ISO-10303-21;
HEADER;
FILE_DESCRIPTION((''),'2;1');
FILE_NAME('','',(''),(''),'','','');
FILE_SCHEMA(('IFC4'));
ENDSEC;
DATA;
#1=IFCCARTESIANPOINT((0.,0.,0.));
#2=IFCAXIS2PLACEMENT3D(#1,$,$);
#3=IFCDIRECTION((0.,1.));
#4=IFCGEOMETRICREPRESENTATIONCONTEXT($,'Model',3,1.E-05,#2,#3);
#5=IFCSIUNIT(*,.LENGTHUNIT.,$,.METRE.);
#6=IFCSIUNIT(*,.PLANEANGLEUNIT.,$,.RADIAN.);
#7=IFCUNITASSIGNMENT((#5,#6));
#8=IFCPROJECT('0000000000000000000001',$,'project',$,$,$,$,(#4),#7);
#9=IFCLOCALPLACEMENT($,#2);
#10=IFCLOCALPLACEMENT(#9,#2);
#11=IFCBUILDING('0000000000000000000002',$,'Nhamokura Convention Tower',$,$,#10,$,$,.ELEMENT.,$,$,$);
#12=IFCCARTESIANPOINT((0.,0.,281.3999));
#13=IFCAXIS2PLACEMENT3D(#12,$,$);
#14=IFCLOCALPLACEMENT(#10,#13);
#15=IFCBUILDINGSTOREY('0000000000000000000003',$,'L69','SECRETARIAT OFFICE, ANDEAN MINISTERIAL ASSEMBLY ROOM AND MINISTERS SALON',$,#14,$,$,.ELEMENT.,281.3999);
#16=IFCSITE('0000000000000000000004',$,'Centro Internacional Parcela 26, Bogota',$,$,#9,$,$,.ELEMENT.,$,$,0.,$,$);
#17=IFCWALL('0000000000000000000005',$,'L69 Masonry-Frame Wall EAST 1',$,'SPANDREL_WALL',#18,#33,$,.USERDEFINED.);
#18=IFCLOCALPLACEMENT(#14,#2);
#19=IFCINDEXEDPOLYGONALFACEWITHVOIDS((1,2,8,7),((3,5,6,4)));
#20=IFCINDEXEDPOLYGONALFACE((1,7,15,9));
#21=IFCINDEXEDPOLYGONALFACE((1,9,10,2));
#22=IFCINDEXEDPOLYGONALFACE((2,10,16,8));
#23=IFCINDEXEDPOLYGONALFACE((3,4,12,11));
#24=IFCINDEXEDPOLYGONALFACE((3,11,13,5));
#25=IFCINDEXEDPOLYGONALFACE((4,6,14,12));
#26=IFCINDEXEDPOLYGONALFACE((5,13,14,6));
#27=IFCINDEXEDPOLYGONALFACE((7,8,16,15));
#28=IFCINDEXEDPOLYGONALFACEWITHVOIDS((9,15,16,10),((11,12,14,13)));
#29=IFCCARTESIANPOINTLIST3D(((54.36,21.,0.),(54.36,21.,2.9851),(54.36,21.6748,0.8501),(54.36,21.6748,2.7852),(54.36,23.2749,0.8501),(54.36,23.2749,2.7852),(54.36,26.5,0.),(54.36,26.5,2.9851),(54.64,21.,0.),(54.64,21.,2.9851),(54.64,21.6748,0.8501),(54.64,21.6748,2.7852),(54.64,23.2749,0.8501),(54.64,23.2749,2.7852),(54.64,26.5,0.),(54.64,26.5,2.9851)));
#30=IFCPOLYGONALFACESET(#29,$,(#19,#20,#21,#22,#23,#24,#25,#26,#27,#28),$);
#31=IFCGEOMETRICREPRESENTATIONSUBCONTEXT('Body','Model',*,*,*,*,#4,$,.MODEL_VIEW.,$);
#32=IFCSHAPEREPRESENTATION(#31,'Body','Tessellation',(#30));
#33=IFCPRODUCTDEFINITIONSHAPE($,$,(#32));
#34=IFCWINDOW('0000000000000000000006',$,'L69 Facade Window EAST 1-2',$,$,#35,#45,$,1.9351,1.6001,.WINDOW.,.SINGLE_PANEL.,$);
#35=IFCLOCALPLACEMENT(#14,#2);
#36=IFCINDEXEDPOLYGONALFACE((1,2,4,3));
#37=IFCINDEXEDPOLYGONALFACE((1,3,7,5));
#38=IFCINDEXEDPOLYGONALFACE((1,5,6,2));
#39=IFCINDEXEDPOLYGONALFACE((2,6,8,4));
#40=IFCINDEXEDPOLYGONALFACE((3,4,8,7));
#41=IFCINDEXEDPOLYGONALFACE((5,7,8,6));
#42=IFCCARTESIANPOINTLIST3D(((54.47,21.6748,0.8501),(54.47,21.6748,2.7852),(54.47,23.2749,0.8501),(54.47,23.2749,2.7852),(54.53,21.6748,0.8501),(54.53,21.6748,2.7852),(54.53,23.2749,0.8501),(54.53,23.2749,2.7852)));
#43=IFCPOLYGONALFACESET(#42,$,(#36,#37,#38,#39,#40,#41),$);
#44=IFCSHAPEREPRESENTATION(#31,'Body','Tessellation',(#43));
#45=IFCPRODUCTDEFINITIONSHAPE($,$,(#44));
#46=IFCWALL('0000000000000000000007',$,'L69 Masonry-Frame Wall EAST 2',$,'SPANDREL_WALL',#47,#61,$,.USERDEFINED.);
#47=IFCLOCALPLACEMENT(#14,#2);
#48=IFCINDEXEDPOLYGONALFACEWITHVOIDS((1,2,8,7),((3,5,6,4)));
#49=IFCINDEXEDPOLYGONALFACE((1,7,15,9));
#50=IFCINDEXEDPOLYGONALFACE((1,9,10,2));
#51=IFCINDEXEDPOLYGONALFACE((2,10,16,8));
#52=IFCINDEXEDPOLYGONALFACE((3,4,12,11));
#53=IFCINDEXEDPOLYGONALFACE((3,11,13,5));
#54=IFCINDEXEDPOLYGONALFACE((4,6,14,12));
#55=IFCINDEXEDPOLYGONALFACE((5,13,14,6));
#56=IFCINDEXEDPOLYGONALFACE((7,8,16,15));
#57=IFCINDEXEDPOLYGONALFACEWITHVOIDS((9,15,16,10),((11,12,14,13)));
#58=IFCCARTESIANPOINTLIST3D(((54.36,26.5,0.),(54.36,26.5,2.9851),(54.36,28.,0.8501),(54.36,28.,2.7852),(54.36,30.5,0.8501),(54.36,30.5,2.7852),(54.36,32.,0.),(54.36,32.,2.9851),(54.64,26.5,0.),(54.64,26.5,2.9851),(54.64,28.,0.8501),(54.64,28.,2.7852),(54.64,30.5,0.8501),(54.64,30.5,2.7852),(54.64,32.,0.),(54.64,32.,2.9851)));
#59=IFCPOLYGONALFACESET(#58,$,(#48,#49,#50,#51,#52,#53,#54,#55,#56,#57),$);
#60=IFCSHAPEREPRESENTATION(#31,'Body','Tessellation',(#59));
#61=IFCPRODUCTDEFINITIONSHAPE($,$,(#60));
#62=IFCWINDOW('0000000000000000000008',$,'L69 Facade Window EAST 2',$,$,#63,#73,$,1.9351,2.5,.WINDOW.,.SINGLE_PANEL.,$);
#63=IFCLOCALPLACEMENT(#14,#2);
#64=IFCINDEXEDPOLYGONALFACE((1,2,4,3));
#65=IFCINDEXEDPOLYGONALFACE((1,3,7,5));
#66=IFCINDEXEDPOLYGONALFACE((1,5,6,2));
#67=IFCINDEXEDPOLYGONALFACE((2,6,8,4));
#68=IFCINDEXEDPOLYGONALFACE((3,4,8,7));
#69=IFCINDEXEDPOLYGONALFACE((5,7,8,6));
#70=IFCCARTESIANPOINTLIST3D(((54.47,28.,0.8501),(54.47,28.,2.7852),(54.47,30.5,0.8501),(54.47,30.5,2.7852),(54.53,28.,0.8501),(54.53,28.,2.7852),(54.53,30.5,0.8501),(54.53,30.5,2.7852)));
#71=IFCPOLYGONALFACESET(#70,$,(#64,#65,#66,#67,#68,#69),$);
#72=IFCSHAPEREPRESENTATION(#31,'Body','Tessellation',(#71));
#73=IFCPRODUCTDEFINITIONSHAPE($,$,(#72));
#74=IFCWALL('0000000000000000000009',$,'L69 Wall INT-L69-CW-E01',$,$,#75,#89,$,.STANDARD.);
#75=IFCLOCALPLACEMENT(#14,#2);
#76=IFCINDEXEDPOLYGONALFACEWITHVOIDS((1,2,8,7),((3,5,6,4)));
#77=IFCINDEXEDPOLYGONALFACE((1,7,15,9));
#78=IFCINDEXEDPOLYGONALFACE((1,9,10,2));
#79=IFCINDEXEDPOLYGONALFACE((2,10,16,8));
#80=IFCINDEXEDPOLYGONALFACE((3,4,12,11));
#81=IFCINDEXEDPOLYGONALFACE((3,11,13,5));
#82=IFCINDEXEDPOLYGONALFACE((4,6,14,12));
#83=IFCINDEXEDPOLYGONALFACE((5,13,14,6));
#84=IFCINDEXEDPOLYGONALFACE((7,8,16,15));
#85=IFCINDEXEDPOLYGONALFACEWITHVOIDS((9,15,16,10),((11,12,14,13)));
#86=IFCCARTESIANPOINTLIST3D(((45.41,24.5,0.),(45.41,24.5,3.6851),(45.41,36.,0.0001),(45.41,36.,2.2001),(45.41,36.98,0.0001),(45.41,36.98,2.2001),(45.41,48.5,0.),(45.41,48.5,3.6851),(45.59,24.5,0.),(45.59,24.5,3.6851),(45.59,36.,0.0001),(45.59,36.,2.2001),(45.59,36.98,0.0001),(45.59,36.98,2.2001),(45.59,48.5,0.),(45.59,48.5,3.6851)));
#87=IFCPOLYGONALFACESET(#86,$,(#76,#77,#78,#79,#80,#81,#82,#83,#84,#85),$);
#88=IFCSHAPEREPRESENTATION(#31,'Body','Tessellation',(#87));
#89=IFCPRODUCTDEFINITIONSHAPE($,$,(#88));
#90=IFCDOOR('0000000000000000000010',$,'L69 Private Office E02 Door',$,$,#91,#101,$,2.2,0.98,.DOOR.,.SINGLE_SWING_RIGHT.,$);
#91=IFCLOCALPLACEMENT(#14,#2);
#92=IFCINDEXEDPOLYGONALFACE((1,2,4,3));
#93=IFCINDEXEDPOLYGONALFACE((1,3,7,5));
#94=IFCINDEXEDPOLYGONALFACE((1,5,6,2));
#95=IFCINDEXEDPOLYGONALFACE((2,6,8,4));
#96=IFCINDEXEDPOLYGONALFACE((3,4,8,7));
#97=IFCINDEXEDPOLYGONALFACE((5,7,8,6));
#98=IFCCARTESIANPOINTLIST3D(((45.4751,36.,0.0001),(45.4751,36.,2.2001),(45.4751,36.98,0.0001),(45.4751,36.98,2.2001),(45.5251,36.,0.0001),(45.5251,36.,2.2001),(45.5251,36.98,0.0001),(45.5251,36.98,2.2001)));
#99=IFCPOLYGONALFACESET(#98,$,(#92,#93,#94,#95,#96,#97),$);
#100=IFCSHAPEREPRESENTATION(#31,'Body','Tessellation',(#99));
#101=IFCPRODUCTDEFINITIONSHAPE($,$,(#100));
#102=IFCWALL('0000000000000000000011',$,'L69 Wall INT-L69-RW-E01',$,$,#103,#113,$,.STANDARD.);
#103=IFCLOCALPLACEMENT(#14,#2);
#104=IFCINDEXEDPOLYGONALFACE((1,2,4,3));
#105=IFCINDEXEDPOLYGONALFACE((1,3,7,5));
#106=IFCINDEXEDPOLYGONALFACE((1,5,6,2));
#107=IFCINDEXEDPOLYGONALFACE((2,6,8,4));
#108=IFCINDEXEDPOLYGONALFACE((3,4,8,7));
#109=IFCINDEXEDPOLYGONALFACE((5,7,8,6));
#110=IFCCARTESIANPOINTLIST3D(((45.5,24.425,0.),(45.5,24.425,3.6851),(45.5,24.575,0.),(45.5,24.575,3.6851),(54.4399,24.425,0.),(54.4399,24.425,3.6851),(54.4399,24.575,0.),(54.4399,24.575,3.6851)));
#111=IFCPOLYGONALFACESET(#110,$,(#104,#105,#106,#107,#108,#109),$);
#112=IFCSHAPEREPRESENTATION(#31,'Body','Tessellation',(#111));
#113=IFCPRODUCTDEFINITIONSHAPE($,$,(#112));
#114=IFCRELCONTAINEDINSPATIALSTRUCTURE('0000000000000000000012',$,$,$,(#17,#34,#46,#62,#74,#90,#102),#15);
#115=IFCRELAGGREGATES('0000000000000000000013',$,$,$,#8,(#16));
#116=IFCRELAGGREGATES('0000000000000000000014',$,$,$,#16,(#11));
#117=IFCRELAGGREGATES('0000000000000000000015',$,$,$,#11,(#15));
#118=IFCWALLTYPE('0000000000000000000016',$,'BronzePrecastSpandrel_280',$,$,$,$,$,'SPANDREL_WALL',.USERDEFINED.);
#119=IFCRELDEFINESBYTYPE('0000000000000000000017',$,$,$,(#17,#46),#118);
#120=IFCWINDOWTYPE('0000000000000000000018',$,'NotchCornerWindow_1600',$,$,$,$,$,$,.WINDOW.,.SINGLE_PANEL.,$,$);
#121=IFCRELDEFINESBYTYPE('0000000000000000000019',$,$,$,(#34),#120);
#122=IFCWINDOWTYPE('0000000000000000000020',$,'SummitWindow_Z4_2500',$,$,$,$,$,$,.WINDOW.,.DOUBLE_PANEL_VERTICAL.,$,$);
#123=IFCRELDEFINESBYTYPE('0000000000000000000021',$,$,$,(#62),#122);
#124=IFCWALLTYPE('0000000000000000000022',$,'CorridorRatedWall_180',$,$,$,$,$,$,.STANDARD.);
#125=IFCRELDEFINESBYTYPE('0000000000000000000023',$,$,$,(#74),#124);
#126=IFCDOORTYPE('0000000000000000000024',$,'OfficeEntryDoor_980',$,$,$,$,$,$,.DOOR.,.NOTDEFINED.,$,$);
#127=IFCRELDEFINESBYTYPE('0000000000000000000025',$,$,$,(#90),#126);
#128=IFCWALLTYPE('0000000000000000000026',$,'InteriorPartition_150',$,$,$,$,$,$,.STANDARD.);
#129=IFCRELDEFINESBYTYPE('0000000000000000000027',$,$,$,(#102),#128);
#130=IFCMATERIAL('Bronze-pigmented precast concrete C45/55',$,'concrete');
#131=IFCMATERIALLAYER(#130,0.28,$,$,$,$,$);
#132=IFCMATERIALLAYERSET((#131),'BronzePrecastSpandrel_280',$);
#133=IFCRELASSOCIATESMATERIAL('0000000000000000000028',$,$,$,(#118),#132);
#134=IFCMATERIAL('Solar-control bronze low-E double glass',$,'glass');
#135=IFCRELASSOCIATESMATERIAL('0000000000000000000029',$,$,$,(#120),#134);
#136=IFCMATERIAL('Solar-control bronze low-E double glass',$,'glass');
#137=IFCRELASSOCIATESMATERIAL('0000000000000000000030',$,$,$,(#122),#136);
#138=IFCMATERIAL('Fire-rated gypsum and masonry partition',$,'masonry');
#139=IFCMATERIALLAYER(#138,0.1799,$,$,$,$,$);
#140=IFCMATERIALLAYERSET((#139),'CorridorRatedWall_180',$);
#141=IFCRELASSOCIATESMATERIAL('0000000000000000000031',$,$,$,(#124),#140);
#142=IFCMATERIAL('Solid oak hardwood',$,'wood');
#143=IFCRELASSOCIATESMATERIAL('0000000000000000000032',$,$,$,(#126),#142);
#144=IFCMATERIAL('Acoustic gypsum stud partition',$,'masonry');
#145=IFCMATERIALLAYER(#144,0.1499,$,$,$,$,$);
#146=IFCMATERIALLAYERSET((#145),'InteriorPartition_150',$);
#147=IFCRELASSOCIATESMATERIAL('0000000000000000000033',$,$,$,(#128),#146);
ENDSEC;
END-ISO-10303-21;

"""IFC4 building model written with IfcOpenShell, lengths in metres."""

from ifc_helpers import new_model, si_unit, direction, frame, frame_2d, origin, place, context, subcontext, project, spatial, rectangle, extrude, material, layer, layer_set, type_object, element, fill, save


model = new_model("IFC4")

# Units and contexts
model_context = context("Model", 3, precision=1e-05, world=origin(), true_north=direction((0.0, 1.0)))
body_context = subcontext(model_context, "Body", "Model", "MODEL_VIEW")
ifc_project = project(units=[si_unit("LENGTHUNIT", "METRE"), si_unit("PLANEANGLEUNIT", "RADIAN")], contexts=[model_context])

# Site, building, storey
site_placement = place(None, origin())
site = spatial("IfcSite", under=ifc_project, at=site_placement, Name="Centro Internacional Parcela 26, Bogota", CompositionType="ELEMENT", RefElevation=0.0)
building_placement = place(site_placement, origin())
building = spatial("IfcBuilding", under=site, at=building_placement, Name="Nhamokura Convention Tower", CompositionType="ELEMENT")
storey_placement = place(building_placement, frame((0.0, 0.0, 281.3999)))
storey = spatial("IfcBuildingStorey", under=building, at=storey_placement, Name="L69", Description="SECRETARIAT OFFICE, ANDEAN MINISTERIAL ASSEMBLY ROOM AND MINISTERS SALON", CompositionType="ELEMENT", Elevation=281.3999)

# Shared definitions
ifc_material_1 = material(Name="Bronze-pigmented precast concrete C45/55", Category="concrete")
ifc_layer_1 = layer(ifc_material_1, 0.28)
ifc_layer_set_1 = layer_set([ifc_layer_1], Name="BronzePrecastSpandrel_280")
wall_type_1 = type_object("IfcWallType", Name="BronzePrecastSpandrel_280", ElementType="SPANDREL_WALL", PredefinedType="USERDEFINED", material=ifc_layer_set_1)

# Walls, openings, windows
wall_1_placement = place(storey_placement, frame((54.5, 26.5, 0.0), z_axis=(0.0, 0.0, 1.0), x_axis=(0.0, -1.0, 0.0)))
wall_1 = element("IfcWall", 1, at=wall_1_placement, inside=storey, type_object=wall_type_1, Name="L69 Masonry-Frame Wall EAST 1", ObjectType="SPANDREL_WALL", PredefinedType="USERDEFINED", context=body_context, shape_type="SweptSolid", body=[
    extrude(rectangle(XDim=5.5, YDim=0.28, at=frame_2d((2.75, 0.0))), origin(), (0.0, 0.0, 1.0), 2.9851),
])
opening_1_placement = place(wall_1_placement, frame((3.2251, 0.0, 0.8501)))
opening_1 = element("IfcOpeningElement", 2, at=opening_1_placement, cuts=wall_1, PredefinedType="OPENING", context=body_context, shape_type="SweptSolid", body=[
    extrude(rectangle(XDim=1.6001, YDim=1.9351, at=frame_2d((0.8, 0.9675))), frame((0.0, 0.1499, 0.0), z_axis=(0.0, -1.0, 0.0), x_axis=(1.0, 0.0, 0.0)), (0.0, 0.0, 1.0), 0.3),
])
ifc_material_2 = material(Name="Solar-control bronze low-E double glass", Category="glass")
window_type_1 = type_object("IfcWindowType", Name="NotchCornerWindow_1600", PartitioningType="SINGLE_PANEL", PredefinedType="WINDOW", material=ifc_material_2)
window_1_placement = place(opening_1_placement, origin())
window_1 = element("IfcWindow", 3, at=window_1_placement, inside=storey, type_object=window_type_1, Name="L69 Facade Window EAST 1-2", OverallHeight=1.9351, OverallWidth=1.6001, PartitioningType="SINGLE_PANEL", PredefinedType="WINDOW", context=body_context, shape_type="SweptSolid", body=[
    extrude(rectangle(XDim=1.6001, YDim=1.9351, at=frame_2d((0.8, 0.9675))), frame((0.0, 0.03, 0.0), z_axis=(0.0, -1.0, 0.0), x_axis=(1.0, 0.0, 0.0)), (0.0, 0.0, 1.0), 0.0601),
])
fill(opening_1, window_1)
wall_2_placement = place(storey_placement, frame((54.5, 32.0, 0.0), z_axis=(0.0, 0.0, 1.0), x_axis=(0.0, -1.0, 0.0)))
wall_2 = element("IfcWall", 4, at=wall_2_placement, inside=storey, type_object=wall_type_1, Name="L69 Masonry-Frame Wall EAST 2", ObjectType="SPANDREL_WALL", PredefinedType="USERDEFINED", context=body_context, shape_type="SweptSolid", body=[
    extrude(rectangle(XDim=5.5, YDim=0.28, at=frame_2d((2.75, 0.0))), origin(), (0.0, 0.0, 1.0), 2.9851),
])
opening_2_placement = place(wall_2_placement, frame((1.5, 0.0, 0.8501)))
opening_2 = element("IfcOpeningElement", 5, at=opening_2_placement, cuts=wall_2, PredefinedType="OPENING", context=body_context, shape_type="SweptSolid", body=[
    extrude(rectangle(XDim=2.5, YDim=1.9351, at=frame_2d((1.25, 0.9675))), frame((0.0, 0.1499, 0.0), z_axis=(0.0, -1.0, 0.0), x_axis=(1.0, 0.0, 0.0)), (0.0, 0.0, 1.0), 0.3),
])
ifc_material_3 = material(Name="Solar-control bronze low-E double glass", Category="glass")
window_type_2 = type_object("IfcWindowType", Name="SummitWindow_Z4_2500", PartitioningType="DOUBLE_PANEL_VERTICAL", PredefinedType="WINDOW", material=ifc_material_3)
window_2_placement = place(opening_2_placement, origin())
window_2 = element("IfcWindow", 6, at=window_2_placement, inside=storey, type_object=window_type_2, Name="L69 Facade Window EAST 2", OverallHeight=1.9351, OverallWidth=2.5, PartitioningType="SINGLE_PANEL", PredefinedType="WINDOW", context=body_context, shape_type="SweptSolid", body=[
    extrude(rectangle(XDim=2.5, YDim=1.9351, at=frame_2d((1.25, 0.9675))), frame((0.0, 0.03, 0.0), z_axis=(0.0, -1.0, 0.0), x_axis=(1.0, 0.0, 0.0)), (0.0, 0.0, 1.0), 0.0601),
])
fill(opening_2, window_2)

# Wall, opening, door
ifc_material_4 = material(Name="Fire-rated gypsum and masonry partition", Category="masonry")
ifc_layer_2 = layer(ifc_material_4, 0.1799)
ifc_layer_set_2 = layer_set([ifc_layer_2], Name="CorridorRatedWall_180")
wall_type_2 = type_object("IfcWallType", Name="CorridorRatedWall_180", PredefinedType="STANDARD", material=ifc_layer_set_2)
wall_3_placement = place(storey_placement, frame((45.5, 24.5, 0.0), z_axis=(0.0, 0.0, 1.0), x_axis=(0.0, 1.0, 0.0)))
wall_3 = element("IfcWall", 7, at=wall_3_placement, inside=storey, type_object=wall_type_2, Name="L69 Wall INT-L69-CW-E01", PredefinedType="STANDARD", context=body_context, shape_type="SweptSolid", body=[
    extrude(rectangle(XDim=24.0, YDim=0.1799, at=frame_2d((12.0, 0.0))), origin(), (0.0, 0.0, 1.0), 3.6851),
])
opening_3_placement = place(wall_3_placement, frame((11.5, 0.0, 0.0)))
opening_3 = element("IfcOpeningElement", 8, at=opening_3_placement, cuts=wall_3, PredefinedType="OPENING", context=body_context, shape_type="SweptSolid", body=[
    extrude(rectangle(XDim=0.98, YDim=2.2, at=frame_2d((0.49, 1.1001))), frame((0.0, 0.0999, 0.0), z_axis=(0.0, -1.0, 0.0), x_axis=(1.0, 0.0, 0.0)), (0.0, 0.0, 1.0), 0.2),
])
ifc_material_5 = material(Name="Solid oak hardwood", Category="wood")
door_type = type_object("IfcDoorType", Name="OfficeEntryDoor_980", OperationType="NOTDEFINED", PredefinedType="DOOR", material=ifc_material_5)
door_placement = place(opening_3_placement, origin())
door = element("IfcDoor", 9, at=door_placement, inside=storey, type_object=door_type, Name="L69 Private Office E02 Door", OperationType="SINGLE_SWING_RIGHT", OverallHeight=2.2, OverallWidth=0.98, PredefinedType="DOOR", context=body_context, shape_type="SweptSolid", body=[
    extrude(rectangle(XDim=0.98, YDim=2.2, at=frame_2d((0.49, 1.1001))), frame((0.0, 0.0249, 0.0), z_axis=(0.0, -1.0, 0.0), x_axis=(1.0, 0.0, 0.0)), (0.0, 0.0, 1.0), 0.05),
])
fill(opening_3, door)

# Wall
ifc_material_6 = material(Name="Acoustic gypsum stud partition", Category="masonry")
ifc_layer_3 = layer(ifc_material_6, 0.1499)
ifc_layer_set_3 = layer_set([ifc_layer_3], Name="InteriorPartition_150")
wall_type_3 = type_object("IfcWallType", Name="InteriorPartition_150", PredefinedType="STANDARD", material=ifc_layer_set_3)
wall_4_placement = place(storey_placement, frame((45.5, 24.5, 0.0), z_axis=(0.0, 0.0, 1.0), x_axis=(1.0, 0.0, 0.0)))
element("IfcWall", 10, at=wall_4_placement, inside=storey, type_object=wall_type_3, Name="L69 Wall INT-L69-RW-E01", PredefinedType="STANDARD", context=body_context, shape_type="SweptSolid", body=[
    extrude(rectangle(XDim=8.9399, YDim=0.1499, at=frame_2d((4.47, 0.0))), origin(), (0.0, 0.0, 1.0), 3.6851),
])

save(model, "model.ifc")
